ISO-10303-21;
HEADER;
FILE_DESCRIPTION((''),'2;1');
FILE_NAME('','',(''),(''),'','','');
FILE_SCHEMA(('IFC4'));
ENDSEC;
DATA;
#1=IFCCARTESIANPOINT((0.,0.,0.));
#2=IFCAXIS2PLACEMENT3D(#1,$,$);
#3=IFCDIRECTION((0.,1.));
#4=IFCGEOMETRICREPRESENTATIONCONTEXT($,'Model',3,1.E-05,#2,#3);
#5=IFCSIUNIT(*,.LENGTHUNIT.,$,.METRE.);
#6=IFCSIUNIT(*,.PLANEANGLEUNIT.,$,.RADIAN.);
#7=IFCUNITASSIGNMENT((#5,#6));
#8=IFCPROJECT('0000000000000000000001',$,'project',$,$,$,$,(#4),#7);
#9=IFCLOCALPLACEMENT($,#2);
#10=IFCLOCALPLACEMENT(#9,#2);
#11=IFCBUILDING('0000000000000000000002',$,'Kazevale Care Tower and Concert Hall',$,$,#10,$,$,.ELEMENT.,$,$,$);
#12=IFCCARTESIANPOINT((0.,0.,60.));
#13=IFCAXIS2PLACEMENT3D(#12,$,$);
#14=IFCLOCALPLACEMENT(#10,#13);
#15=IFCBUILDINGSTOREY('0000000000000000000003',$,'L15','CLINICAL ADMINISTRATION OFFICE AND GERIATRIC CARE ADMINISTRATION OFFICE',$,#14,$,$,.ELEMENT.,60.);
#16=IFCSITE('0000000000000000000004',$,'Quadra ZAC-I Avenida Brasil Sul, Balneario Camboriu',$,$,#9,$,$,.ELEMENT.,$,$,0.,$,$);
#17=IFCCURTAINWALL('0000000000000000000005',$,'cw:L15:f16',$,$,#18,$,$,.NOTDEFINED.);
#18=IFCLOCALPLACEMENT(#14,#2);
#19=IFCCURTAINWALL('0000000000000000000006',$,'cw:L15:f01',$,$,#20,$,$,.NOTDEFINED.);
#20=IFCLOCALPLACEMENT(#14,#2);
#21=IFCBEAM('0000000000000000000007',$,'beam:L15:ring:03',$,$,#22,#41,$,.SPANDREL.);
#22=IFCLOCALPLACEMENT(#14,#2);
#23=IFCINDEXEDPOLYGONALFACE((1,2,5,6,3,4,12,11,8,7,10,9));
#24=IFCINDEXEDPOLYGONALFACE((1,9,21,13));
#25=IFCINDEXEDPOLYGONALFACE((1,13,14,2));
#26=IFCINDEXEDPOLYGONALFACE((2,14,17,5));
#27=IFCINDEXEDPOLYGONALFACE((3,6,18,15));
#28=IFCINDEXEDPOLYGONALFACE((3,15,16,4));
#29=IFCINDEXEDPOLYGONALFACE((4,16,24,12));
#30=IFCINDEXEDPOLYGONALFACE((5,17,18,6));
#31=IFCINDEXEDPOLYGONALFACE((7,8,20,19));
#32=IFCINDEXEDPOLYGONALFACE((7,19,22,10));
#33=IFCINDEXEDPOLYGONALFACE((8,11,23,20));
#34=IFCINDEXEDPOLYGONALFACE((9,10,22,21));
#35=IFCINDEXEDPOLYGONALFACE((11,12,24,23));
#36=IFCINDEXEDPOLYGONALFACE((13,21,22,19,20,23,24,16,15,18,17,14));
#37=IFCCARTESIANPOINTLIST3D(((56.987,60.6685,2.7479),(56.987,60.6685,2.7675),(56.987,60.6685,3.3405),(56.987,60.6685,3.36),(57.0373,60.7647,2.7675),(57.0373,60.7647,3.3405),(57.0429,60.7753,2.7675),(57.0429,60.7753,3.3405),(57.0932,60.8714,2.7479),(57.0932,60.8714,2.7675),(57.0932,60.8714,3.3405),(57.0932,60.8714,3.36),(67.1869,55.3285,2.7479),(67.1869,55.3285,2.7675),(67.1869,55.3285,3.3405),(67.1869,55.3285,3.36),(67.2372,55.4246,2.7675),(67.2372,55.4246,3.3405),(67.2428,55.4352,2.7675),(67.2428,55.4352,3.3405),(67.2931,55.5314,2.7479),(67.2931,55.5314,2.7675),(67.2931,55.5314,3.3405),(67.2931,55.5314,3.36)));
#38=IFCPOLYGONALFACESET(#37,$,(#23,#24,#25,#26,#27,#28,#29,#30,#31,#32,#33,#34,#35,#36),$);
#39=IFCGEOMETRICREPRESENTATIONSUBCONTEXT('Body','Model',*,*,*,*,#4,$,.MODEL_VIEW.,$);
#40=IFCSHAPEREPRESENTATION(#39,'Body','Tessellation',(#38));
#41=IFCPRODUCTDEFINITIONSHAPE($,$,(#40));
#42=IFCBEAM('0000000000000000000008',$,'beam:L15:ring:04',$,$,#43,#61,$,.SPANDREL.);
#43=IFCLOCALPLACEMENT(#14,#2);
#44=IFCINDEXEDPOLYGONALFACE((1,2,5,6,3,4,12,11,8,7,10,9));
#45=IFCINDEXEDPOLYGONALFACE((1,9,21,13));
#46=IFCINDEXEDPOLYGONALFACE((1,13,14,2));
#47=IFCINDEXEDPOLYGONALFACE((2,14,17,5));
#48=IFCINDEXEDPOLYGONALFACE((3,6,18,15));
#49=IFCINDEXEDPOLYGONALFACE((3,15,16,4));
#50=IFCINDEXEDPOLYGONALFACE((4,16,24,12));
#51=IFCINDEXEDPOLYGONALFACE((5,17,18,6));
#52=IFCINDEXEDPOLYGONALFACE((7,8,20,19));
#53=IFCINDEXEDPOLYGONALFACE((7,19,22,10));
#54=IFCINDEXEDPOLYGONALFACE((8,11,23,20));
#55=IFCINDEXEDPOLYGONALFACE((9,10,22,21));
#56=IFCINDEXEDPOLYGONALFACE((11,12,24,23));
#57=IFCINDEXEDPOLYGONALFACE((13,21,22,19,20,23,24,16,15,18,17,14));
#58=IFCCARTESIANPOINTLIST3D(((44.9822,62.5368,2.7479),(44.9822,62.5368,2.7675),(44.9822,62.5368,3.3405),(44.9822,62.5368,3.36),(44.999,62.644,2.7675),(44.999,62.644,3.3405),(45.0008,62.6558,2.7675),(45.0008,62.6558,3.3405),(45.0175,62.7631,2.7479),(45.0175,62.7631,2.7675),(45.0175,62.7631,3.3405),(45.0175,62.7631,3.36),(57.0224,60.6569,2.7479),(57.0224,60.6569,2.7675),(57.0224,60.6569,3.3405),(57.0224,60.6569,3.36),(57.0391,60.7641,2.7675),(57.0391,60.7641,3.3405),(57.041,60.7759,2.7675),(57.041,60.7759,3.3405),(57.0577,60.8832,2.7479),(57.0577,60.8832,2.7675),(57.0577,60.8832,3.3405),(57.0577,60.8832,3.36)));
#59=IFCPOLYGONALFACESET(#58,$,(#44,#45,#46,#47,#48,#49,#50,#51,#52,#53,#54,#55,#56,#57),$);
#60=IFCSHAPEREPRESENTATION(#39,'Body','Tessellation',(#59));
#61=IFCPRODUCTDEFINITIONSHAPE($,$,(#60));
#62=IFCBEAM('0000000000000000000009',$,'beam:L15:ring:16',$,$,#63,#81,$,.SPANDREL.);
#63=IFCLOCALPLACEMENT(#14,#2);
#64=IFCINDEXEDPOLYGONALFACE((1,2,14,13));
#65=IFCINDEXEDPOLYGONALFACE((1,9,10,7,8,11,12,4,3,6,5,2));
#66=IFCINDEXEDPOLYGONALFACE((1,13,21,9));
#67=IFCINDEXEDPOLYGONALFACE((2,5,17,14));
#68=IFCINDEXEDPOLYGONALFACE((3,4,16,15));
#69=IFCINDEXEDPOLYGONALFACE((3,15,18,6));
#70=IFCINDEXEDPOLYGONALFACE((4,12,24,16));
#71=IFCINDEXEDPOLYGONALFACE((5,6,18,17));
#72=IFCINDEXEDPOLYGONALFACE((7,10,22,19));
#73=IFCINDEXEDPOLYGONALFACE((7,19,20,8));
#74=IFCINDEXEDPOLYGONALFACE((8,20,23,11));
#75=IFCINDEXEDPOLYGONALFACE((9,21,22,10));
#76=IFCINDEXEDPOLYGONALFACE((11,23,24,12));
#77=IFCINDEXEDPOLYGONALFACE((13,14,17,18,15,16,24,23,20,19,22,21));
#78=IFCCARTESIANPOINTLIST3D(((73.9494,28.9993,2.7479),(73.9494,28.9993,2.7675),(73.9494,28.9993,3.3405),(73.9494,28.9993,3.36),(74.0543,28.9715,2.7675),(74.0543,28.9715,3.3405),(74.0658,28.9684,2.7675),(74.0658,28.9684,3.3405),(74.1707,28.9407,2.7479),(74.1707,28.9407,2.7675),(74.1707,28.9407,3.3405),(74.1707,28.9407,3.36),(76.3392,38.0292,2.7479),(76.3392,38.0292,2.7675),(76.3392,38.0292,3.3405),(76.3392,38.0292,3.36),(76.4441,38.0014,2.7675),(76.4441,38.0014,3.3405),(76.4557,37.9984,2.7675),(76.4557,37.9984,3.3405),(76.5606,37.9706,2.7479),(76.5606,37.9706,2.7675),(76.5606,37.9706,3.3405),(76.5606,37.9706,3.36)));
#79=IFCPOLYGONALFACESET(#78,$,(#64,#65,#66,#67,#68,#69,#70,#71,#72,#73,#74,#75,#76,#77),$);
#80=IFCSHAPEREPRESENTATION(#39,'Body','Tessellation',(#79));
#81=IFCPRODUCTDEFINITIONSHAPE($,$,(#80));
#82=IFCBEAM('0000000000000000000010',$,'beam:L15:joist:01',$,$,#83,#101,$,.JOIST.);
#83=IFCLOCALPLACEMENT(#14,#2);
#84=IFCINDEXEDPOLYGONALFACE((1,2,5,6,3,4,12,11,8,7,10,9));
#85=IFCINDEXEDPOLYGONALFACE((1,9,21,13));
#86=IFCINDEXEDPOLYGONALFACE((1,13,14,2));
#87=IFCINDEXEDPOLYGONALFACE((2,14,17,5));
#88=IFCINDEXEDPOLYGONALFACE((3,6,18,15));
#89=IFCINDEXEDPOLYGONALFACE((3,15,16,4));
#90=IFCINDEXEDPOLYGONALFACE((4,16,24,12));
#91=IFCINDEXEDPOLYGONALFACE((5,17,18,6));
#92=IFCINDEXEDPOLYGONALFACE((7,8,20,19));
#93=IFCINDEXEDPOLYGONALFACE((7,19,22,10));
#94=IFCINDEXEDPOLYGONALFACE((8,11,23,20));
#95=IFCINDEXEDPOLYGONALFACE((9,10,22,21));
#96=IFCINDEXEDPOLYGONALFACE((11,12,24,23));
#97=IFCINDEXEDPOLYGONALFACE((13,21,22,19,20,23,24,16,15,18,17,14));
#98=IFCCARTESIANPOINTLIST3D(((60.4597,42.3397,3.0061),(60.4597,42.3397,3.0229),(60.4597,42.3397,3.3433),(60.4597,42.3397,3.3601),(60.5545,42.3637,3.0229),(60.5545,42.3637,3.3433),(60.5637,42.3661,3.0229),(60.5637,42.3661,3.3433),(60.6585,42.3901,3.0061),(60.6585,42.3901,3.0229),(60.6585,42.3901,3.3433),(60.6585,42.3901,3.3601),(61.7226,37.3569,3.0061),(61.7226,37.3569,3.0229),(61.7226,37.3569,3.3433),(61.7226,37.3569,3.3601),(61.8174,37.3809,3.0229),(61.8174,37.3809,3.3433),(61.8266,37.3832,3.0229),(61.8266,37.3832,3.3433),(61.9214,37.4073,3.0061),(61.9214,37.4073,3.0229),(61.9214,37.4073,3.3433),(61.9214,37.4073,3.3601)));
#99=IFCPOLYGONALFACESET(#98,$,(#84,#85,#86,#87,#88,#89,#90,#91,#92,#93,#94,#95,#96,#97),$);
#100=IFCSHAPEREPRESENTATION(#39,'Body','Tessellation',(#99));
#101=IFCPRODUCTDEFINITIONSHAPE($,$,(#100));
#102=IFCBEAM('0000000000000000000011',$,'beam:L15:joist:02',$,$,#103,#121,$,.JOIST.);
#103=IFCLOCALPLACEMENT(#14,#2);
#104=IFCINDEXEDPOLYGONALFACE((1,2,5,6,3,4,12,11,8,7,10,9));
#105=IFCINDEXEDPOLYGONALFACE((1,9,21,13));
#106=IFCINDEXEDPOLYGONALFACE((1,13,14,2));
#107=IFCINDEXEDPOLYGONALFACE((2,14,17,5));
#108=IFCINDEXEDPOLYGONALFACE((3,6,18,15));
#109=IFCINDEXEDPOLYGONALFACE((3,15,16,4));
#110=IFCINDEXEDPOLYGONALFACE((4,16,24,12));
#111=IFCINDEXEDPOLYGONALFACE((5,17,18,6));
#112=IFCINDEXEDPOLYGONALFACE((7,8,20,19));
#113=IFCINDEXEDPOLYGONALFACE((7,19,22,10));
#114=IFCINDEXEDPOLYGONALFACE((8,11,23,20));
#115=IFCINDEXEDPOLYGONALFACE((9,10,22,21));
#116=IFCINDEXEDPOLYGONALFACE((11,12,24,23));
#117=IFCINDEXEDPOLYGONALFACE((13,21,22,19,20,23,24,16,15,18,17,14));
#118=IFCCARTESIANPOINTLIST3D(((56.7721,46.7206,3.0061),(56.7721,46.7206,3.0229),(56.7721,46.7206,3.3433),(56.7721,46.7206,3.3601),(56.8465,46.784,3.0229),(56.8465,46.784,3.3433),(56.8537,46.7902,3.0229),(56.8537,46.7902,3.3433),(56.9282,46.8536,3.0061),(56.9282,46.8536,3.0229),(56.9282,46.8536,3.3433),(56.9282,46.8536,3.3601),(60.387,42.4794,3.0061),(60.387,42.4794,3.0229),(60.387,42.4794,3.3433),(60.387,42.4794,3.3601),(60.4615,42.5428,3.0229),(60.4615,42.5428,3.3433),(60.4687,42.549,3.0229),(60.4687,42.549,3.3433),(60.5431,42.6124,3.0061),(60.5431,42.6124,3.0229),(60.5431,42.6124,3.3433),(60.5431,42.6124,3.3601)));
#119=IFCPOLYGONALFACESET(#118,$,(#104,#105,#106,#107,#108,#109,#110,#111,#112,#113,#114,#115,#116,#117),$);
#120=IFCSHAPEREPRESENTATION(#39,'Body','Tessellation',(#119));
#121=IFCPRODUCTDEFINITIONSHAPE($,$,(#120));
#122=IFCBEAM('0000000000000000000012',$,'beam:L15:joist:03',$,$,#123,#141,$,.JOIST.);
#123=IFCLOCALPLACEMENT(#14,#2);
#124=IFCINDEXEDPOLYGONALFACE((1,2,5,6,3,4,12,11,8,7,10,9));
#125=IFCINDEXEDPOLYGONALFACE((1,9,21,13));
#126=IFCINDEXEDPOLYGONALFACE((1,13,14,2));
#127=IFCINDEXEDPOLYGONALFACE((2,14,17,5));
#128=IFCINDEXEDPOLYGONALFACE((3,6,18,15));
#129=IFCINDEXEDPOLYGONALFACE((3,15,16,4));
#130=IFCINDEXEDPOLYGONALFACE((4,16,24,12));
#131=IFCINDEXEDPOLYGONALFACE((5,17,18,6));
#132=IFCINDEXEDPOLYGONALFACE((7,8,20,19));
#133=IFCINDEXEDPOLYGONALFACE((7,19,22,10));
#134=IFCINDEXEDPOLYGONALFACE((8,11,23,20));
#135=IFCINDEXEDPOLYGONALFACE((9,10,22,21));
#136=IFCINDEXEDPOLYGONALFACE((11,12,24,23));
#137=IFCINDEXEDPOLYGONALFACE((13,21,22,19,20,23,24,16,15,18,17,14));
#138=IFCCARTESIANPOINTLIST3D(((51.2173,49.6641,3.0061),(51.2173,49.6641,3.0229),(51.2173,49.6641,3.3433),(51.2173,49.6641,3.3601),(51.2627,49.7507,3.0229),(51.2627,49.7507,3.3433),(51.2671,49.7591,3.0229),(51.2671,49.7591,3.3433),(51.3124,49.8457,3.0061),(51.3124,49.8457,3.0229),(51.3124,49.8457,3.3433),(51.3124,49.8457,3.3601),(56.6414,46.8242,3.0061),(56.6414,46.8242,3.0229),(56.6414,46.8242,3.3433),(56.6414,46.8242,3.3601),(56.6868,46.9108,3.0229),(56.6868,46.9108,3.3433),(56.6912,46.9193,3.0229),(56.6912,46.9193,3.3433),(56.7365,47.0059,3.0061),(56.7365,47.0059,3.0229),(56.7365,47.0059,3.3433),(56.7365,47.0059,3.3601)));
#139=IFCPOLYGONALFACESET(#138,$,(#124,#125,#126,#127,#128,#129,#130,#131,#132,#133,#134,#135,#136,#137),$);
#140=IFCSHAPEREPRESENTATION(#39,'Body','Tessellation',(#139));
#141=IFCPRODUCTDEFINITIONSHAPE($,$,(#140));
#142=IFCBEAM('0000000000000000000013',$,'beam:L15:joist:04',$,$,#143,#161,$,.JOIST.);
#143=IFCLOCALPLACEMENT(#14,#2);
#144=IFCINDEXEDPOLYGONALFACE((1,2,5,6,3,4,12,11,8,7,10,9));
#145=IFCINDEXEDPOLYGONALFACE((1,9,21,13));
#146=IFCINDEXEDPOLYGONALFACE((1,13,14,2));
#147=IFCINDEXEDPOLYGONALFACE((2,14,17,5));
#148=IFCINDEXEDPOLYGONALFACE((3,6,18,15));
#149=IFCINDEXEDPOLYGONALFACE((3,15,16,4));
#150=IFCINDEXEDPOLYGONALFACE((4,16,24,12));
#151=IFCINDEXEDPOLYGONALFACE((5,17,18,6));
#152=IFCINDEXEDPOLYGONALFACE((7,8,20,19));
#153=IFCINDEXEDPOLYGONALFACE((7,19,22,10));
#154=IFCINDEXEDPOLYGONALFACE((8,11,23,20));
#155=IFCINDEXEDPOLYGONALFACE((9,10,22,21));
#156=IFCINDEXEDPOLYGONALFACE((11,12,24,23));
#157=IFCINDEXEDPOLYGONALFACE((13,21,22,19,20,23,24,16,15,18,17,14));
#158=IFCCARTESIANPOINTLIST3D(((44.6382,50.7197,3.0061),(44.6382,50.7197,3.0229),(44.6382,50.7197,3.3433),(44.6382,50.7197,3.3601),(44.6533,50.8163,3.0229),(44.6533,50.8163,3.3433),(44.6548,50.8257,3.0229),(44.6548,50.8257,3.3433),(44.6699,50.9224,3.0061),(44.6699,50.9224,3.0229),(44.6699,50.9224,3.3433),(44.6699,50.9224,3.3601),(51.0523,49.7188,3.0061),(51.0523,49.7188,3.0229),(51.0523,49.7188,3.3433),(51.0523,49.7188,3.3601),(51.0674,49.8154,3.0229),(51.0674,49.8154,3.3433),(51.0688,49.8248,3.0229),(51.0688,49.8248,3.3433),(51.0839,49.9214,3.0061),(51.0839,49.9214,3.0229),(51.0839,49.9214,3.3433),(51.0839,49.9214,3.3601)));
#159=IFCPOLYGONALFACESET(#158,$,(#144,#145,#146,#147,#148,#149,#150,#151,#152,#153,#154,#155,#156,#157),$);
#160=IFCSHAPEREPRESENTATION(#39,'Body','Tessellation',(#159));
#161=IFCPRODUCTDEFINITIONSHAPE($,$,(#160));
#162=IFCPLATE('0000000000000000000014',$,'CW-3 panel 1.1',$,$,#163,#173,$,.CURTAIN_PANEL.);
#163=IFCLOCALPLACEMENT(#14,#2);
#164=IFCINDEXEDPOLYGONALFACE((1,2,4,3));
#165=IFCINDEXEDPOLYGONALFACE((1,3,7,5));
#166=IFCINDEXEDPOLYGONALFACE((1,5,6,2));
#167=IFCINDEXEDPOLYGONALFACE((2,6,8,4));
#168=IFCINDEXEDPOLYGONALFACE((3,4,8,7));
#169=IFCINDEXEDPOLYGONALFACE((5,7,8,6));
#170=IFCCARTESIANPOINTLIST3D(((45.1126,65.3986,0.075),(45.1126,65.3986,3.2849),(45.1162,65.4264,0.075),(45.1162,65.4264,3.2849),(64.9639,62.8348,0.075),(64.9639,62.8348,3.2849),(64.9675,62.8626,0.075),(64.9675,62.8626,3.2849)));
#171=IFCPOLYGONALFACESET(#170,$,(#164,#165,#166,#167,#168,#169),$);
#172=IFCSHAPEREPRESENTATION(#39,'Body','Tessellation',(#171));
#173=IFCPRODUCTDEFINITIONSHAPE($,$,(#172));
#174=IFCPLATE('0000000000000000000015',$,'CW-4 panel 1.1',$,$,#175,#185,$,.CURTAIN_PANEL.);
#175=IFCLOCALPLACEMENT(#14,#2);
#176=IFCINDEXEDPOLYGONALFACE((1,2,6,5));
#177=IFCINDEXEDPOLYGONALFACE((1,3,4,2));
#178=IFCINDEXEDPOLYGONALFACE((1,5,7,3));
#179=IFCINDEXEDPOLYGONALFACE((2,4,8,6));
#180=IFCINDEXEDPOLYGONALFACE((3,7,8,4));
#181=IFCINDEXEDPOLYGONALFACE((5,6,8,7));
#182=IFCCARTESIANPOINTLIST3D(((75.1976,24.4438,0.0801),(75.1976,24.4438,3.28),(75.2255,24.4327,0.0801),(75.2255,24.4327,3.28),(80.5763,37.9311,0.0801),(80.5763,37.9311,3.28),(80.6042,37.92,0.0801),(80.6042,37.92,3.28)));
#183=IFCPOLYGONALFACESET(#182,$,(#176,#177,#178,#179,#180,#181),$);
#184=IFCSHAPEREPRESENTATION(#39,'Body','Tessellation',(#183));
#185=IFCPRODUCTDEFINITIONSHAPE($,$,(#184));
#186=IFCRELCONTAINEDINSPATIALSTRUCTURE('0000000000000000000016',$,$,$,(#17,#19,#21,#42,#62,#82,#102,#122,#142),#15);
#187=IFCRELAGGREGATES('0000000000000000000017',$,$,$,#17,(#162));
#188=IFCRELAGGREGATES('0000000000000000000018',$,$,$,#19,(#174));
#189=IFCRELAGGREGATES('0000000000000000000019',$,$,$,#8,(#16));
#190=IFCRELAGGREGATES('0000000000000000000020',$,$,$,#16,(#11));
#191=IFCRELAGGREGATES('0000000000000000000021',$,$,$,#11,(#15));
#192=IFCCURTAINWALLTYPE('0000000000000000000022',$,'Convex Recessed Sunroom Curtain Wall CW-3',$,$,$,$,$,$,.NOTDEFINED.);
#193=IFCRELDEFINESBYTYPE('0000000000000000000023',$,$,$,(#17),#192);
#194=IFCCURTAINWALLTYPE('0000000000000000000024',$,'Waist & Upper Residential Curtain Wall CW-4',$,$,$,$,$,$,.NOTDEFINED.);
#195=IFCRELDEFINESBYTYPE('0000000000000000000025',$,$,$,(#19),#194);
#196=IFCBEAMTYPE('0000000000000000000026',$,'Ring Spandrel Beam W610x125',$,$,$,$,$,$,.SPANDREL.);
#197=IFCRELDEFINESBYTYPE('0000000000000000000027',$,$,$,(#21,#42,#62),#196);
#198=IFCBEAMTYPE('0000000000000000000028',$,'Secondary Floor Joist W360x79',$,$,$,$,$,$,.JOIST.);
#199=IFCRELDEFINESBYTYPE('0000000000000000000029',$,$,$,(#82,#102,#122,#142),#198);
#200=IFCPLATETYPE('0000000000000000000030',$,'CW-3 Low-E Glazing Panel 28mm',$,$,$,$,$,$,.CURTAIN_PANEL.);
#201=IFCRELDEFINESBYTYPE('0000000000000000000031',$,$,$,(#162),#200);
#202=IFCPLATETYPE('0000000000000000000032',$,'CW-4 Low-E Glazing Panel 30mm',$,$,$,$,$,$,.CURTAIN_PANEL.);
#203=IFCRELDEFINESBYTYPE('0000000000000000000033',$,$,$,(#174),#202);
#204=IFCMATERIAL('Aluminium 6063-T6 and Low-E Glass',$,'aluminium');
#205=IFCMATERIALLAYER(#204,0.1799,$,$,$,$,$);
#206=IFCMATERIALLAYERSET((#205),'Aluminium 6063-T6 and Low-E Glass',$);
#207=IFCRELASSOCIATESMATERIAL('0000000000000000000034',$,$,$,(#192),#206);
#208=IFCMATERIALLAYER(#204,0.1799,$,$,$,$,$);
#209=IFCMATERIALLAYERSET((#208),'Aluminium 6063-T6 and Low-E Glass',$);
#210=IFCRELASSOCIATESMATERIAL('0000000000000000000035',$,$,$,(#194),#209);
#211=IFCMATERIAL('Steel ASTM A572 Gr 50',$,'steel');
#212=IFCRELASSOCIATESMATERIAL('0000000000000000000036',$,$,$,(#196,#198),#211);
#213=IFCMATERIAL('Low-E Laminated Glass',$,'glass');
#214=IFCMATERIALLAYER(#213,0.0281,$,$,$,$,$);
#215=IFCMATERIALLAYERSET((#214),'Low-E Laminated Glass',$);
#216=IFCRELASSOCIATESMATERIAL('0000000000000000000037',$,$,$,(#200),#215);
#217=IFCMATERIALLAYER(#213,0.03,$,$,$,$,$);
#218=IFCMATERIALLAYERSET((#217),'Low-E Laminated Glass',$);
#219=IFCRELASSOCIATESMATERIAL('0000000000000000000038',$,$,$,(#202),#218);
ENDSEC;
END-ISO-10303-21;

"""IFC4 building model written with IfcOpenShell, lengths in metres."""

from ifc_helpers import new_model, si_unit, direction, frame, origin, origin_2d, place, context, subcontext, project, spatial, rectangle, i_section, extrude, material, layer, layer_set, material_profile, profile_set, type_object, element, aggregate, save


model = new_model("IFC4")

# Units and contexts
model_context = context("Model", 3, precision=1e-05, world=origin(), true_north=direction((0.0, 1.0)))
body_context = subcontext(model_context, "Body", "Model", "MODEL_VIEW")
ifc_project = project(units=[si_unit("LENGTHUNIT", "METRE"), si_unit("PLANEANGLEUNIT", "RADIAN")], contexts=[model_context])

# Site, building, storey
site_placement = place(None, origin())
site = spatial("IfcSite", under=ifc_project, at=site_placement, Name="Quadra ZAC-I Avenida Brasil Sul, Balneario Camboriu", CompositionType="ELEMENT", RefElevation=0.0)
building_placement = place(site_placement, origin())
building = spatial("IfcBuilding", under=site, at=building_placement, Name="Kazevale Care Tower and Concert Hall", CompositionType="ELEMENT")
storey_placement = place(building_placement, frame((0.0, 0.0, 60.0)))
storey = spatial("IfcBuildingStorey", under=building, at=storey_placement, Name="L15", Description="CLINICAL ADMINISTRATION OFFICE AND GERIATRIC CARE ADMINISTRATION OFFICE", CompositionType="ELEMENT", Elevation=60.0)

# Curtain walls
ifc_material_1 = material(Name="Aluminium 6063-T6 and Low-E Glass", Category="aluminium")
ifc_layer_1 = layer(ifc_material_1, 0.1799)
ifc_layer_set_1 = layer_set([ifc_layer_1], Name="Aluminium 6063-T6 and Low-E Glass")
curtain_wall_type_1 = type_object("IfcCurtainWallType", Name="Convex Recessed Sunroom Curtain Wall CW-3", PredefinedType="NOTDEFINED", material=ifc_layer_set_1)
curtain_wall_1_placement = place(storey_placement, origin())
curtain_wall_1 = element("IfcCurtainWall", 1, at=curtain_wall_1_placement, inside=storey, type_object=curtain_wall_type_1, Name="cw:L15:f16", PredefinedType="NOTDEFINED")
ifc_layer_2 = layer(ifc_material_1, 0.1799)
ifc_layer_set_2 = layer_set([ifc_layer_2], Name="Aluminium 6063-T6 and Low-E Glass")
curtain_wall_type_2 = type_object("IfcCurtainWallType", Name="Waist & Upper Residential Curtain Wall CW-4", PredefinedType="NOTDEFINED", material=ifc_layer_set_2)
curtain_wall_2_placement = place(storey_placement, origin())
curtain_wall_2 = element("IfcCurtainWall", 2, at=curtain_wall_2_placement, inside=storey, type_object=curtain_wall_type_2, Name="cw:L15:f01", PredefinedType="NOTDEFINED")

# Beams
ifc_material_2 = material(Name="Steel ASTM A572 Gr 50", Category="steel")
ifc_material_profile_1 = material_profile(ifc_material_2, i_section(OverallWidth=0.229, OverallDepth=0.6121, WebThickness=0.012, FlangeThickness=0.0195, at=origin_2d()), Name="W610x125")
ifc_profile_set_1 = profile_set([ifc_material_profile_1], Name="Steel ASTM A572 Gr 50")
beam_type_1 = type_object("IfcBeamType", Name="Ring Spandrel Beam W610x125", PredefinedType="SPANDREL", material=ifc_profile_set_1)
beam_1_placement = place(storey_placement, frame((67.24, 55.4299, 3.054), z_axis=(-0.885929, 0.46382, 0.0), x_axis=(-0.46382, -0.885929, 0.0)))
element("IfcBeam", 3, at=beam_1_placement, inside=storey, type_object=beam_type_1, Name="beam:L15:ring:03", PredefinedType="SPANDREL", context=body_context, shape_type="SweptSolid", body=[
    extrude(i_section(OverallWidth=0.229, OverallDepth=0.6121, WebThickness=0.012, FlangeThickness=0.0195, at=origin_2d()), origin(), (0.0, 0.0, 1.0), 11.5132),
])
beam_2_placement = place(storey_placement, frame((57.04, 60.77, 3.054), z_axis=(-0.988029, 0.154267, 0.0), x_axis=(-0.154267, -0.988029, 0.0)))
element("IfcBeam", 4, at=beam_2_placement, inside=storey, type_object=beam_type_1, Name="beam:L15:ring:04", PredefinedType="SPANDREL", context=body_context, shape_type="SweptSolid", body=[
    extrude(i_section(OverallWidth=0.229, OverallDepth=0.6121, WebThickness=0.012, FlangeThickness=0.0195, at=origin_2d()), origin(), (0.0, 0.0, 1.0), 12.186),
])
beam_3_placement = place(storey_placement, frame((74.0601, 28.97, 3.054), z_axis=(0.255852, 0.966716, 0.0), x_axis=(-0.966716, 0.255852, 0.0)))
element("IfcBeam", 5, at=beam_3_placement, inside=storey, type_object=beam_type_1, Name="beam:L15:ring:16", PredefinedType="SPANDREL", context=body_context, shape_type="SweptSolid", body=[
    extrude(i_section(OverallWidth=0.229, OverallDepth=0.6121, WebThickness=0.012, FlangeThickness=0.0195, at=origin_2d()), origin(), (0.0, 0.0, 1.0), 9.3408),
])
ifc_material_profile_2 = material_profile(ifc_material_2, i_section(OverallWidth=0.2051, OverallDepth=0.354, WebThickness=0.0095, FlangeThickness=0.0168, at=origin_2d()), Name="W360x79")
ifc_profile_set_2 = profile_set([ifc_material_profile_2], Name="Steel ASTM A572 Gr 50")
beam_type_2 = type_object("IfcBeamType", Name="Secondary Floor Joist W360x79", PredefinedType="JOIST", material=ifc_profile_set_2)
beam_4_placement = place(storey_placement, frame((61.822, 37.3821, 3.1831), z_axis=(-0.245686, 0.96935, 0.0), x_axis=(-0.96935, -0.245686, 0.0)))
element("IfcBeam", 6, at=beam_4_placement, inside=storey, type_object=beam_type_2, Name="beam:L15:joist:01", PredefinedType="JOIST", context=body_context, shape_type="SweptSolid", body=[
    extrude(i_section(OverallWidth=0.2051, OverallDepth=0.354, WebThickness=0.0095, FlangeThickness=0.0168, at=origin_2d()), origin(), (0.0, 0.0, 1.0), 5.1404),
])
beam_5_placement = place(storey_placement, frame((60.4651, 42.5459, 3.1831), z_axis=(-0.648686, 0.761057, 0.0), x_axis=(-0.761057, -0.648686, 0.0)))
element("IfcBeam", 7, at=beam_5_placement, inside=storey, type_object=beam_type_2, Name="beam:L15:joist:02", PredefinedType="JOIST", context=body_context, shape_type="SweptSolid", body=[
    extrude(i_section(OverallWidth=0.2051, OverallDepth=0.354, WebThickness=0.0095, FlangeThickness=0.0168, at=origin_2d()), origin(), (0.0, 0.0, 1.0), 5.5728),
])
beam_6_placement = place(storey_placement, frame((56.689, 46.915, 3.1831), z_axis=(-0.885921, 0.463836, 0.0), x_axis=(-0.463836, -0.885921, 0.0)))
element("IfcBeam", 8, at=beam_6_placement, inside=storey, type_object=beam_type_2, Name="beam:L15:joist:03", PredefinedType="JOIST", context=body_context, shape_type="SweptSolid", body=[
    extrude(i_section(OverallWidth=0.2051, OverallDepth=0.354, WebThickness=0.0095, FlangeThickness=0.0168, at=origin_2d()), origin(), (0.0, 0.0, 1.0), 6.1226),
])
beam_7_placement = place(storey_placement, frame((51.0681, 49.8201, 3.1831), z_axis=(-0.988041, 0.154193, 0.0), x_axis=(-0.154193, -0.988041, 0.0)))
element("IfcBeam", 9, at=beam_7_placement, inside=storey, type_object=beam_type_2, Name="beam:L15:joist:04", PredefinedType="JOIST", context=body_context, shape_type="SweptSolid", body=[
    extrude(i_section(OverallWidth=0.2051, OverallDepth=0.354, WebThickness=0.0095, FlangeThickness=0.0168, at=origin_2d()), origin(), (0.0, 0.0, 1.0), 6.4917),
])

# Plates
ifc_material_3 = material(Name="Low-E Laminated Glass", Category="glass")
ifc_layer_3 = layer(ifc_material_3, 0.0281)
ifc_layer_set_3 = layer_set([ifc_layer_3], Name="Low-E Laminated Glass")
plate_type_1 = type_object("IfcPlateType", Name="CW-3 Low-E Glazing Panel 28mm", PredefinedType="CURTAIN_PANEL", material=ifc_layer_set_3)
plate_1_placement = place(storey_placement, frame((55.04, 64.1306, 0.075), z_axis=(0.0, 0.0, 1.0), x_axis=(0.991763, -0.128086, 0.0)))
plate_1 = element("IfcPlate", 10, at=plate_1_placement, type_object=plate_type_1, Name="CW-3 panel 1.1", PredefinedType="CURTAIN_PANEL", context=body_context, shape_type="SweptSolid", body=[
    extrude(rectangle(XDim=20.0161, YDim=0.0281, at=origin_2d()), origin(), (0.0, 0.0, 1.0), 3.21),
])
aggregate(curtain_wall_1, [plate_1])
ifc_layer_4 = layer(ifc_material_3, 0.03)
ifc_layer_set_4 = layer_set([ifc_layer_4], Name="Low-E Laminated Glass")
plate_type_2 = type_object("IfcPlateType", Name="CW-4 Low-E Glazing Panel 30mm", PredefinedType="CURTAIN_PANEL", material=ifc_layer_set_4)
plate_2_placement = place(storey_placement, frame((77.9009, 31.1819, 0.0801), z_axis=(0.0, 0.0, 1.0), x_axis=(-0.370427, -0.928861, 0.0)))
plate_2 = element("IfcPlate", 11, at=plate_2_placement, type_object=plate_type_2, Name="CW-4 panel 1.1", PredefinedType="CURTAIN_PANEL", context=body_context, shape_type="SweptSolid", body=[
    extrude(rectangle(XDim=14.5203, YDim=0.03, at=origin_2d()), origin(), (0.0, 0.0, 1.0), 3.2),
])
aggregate(curtain_wall_2, [plate_2])

save(model, "model.ifc")
